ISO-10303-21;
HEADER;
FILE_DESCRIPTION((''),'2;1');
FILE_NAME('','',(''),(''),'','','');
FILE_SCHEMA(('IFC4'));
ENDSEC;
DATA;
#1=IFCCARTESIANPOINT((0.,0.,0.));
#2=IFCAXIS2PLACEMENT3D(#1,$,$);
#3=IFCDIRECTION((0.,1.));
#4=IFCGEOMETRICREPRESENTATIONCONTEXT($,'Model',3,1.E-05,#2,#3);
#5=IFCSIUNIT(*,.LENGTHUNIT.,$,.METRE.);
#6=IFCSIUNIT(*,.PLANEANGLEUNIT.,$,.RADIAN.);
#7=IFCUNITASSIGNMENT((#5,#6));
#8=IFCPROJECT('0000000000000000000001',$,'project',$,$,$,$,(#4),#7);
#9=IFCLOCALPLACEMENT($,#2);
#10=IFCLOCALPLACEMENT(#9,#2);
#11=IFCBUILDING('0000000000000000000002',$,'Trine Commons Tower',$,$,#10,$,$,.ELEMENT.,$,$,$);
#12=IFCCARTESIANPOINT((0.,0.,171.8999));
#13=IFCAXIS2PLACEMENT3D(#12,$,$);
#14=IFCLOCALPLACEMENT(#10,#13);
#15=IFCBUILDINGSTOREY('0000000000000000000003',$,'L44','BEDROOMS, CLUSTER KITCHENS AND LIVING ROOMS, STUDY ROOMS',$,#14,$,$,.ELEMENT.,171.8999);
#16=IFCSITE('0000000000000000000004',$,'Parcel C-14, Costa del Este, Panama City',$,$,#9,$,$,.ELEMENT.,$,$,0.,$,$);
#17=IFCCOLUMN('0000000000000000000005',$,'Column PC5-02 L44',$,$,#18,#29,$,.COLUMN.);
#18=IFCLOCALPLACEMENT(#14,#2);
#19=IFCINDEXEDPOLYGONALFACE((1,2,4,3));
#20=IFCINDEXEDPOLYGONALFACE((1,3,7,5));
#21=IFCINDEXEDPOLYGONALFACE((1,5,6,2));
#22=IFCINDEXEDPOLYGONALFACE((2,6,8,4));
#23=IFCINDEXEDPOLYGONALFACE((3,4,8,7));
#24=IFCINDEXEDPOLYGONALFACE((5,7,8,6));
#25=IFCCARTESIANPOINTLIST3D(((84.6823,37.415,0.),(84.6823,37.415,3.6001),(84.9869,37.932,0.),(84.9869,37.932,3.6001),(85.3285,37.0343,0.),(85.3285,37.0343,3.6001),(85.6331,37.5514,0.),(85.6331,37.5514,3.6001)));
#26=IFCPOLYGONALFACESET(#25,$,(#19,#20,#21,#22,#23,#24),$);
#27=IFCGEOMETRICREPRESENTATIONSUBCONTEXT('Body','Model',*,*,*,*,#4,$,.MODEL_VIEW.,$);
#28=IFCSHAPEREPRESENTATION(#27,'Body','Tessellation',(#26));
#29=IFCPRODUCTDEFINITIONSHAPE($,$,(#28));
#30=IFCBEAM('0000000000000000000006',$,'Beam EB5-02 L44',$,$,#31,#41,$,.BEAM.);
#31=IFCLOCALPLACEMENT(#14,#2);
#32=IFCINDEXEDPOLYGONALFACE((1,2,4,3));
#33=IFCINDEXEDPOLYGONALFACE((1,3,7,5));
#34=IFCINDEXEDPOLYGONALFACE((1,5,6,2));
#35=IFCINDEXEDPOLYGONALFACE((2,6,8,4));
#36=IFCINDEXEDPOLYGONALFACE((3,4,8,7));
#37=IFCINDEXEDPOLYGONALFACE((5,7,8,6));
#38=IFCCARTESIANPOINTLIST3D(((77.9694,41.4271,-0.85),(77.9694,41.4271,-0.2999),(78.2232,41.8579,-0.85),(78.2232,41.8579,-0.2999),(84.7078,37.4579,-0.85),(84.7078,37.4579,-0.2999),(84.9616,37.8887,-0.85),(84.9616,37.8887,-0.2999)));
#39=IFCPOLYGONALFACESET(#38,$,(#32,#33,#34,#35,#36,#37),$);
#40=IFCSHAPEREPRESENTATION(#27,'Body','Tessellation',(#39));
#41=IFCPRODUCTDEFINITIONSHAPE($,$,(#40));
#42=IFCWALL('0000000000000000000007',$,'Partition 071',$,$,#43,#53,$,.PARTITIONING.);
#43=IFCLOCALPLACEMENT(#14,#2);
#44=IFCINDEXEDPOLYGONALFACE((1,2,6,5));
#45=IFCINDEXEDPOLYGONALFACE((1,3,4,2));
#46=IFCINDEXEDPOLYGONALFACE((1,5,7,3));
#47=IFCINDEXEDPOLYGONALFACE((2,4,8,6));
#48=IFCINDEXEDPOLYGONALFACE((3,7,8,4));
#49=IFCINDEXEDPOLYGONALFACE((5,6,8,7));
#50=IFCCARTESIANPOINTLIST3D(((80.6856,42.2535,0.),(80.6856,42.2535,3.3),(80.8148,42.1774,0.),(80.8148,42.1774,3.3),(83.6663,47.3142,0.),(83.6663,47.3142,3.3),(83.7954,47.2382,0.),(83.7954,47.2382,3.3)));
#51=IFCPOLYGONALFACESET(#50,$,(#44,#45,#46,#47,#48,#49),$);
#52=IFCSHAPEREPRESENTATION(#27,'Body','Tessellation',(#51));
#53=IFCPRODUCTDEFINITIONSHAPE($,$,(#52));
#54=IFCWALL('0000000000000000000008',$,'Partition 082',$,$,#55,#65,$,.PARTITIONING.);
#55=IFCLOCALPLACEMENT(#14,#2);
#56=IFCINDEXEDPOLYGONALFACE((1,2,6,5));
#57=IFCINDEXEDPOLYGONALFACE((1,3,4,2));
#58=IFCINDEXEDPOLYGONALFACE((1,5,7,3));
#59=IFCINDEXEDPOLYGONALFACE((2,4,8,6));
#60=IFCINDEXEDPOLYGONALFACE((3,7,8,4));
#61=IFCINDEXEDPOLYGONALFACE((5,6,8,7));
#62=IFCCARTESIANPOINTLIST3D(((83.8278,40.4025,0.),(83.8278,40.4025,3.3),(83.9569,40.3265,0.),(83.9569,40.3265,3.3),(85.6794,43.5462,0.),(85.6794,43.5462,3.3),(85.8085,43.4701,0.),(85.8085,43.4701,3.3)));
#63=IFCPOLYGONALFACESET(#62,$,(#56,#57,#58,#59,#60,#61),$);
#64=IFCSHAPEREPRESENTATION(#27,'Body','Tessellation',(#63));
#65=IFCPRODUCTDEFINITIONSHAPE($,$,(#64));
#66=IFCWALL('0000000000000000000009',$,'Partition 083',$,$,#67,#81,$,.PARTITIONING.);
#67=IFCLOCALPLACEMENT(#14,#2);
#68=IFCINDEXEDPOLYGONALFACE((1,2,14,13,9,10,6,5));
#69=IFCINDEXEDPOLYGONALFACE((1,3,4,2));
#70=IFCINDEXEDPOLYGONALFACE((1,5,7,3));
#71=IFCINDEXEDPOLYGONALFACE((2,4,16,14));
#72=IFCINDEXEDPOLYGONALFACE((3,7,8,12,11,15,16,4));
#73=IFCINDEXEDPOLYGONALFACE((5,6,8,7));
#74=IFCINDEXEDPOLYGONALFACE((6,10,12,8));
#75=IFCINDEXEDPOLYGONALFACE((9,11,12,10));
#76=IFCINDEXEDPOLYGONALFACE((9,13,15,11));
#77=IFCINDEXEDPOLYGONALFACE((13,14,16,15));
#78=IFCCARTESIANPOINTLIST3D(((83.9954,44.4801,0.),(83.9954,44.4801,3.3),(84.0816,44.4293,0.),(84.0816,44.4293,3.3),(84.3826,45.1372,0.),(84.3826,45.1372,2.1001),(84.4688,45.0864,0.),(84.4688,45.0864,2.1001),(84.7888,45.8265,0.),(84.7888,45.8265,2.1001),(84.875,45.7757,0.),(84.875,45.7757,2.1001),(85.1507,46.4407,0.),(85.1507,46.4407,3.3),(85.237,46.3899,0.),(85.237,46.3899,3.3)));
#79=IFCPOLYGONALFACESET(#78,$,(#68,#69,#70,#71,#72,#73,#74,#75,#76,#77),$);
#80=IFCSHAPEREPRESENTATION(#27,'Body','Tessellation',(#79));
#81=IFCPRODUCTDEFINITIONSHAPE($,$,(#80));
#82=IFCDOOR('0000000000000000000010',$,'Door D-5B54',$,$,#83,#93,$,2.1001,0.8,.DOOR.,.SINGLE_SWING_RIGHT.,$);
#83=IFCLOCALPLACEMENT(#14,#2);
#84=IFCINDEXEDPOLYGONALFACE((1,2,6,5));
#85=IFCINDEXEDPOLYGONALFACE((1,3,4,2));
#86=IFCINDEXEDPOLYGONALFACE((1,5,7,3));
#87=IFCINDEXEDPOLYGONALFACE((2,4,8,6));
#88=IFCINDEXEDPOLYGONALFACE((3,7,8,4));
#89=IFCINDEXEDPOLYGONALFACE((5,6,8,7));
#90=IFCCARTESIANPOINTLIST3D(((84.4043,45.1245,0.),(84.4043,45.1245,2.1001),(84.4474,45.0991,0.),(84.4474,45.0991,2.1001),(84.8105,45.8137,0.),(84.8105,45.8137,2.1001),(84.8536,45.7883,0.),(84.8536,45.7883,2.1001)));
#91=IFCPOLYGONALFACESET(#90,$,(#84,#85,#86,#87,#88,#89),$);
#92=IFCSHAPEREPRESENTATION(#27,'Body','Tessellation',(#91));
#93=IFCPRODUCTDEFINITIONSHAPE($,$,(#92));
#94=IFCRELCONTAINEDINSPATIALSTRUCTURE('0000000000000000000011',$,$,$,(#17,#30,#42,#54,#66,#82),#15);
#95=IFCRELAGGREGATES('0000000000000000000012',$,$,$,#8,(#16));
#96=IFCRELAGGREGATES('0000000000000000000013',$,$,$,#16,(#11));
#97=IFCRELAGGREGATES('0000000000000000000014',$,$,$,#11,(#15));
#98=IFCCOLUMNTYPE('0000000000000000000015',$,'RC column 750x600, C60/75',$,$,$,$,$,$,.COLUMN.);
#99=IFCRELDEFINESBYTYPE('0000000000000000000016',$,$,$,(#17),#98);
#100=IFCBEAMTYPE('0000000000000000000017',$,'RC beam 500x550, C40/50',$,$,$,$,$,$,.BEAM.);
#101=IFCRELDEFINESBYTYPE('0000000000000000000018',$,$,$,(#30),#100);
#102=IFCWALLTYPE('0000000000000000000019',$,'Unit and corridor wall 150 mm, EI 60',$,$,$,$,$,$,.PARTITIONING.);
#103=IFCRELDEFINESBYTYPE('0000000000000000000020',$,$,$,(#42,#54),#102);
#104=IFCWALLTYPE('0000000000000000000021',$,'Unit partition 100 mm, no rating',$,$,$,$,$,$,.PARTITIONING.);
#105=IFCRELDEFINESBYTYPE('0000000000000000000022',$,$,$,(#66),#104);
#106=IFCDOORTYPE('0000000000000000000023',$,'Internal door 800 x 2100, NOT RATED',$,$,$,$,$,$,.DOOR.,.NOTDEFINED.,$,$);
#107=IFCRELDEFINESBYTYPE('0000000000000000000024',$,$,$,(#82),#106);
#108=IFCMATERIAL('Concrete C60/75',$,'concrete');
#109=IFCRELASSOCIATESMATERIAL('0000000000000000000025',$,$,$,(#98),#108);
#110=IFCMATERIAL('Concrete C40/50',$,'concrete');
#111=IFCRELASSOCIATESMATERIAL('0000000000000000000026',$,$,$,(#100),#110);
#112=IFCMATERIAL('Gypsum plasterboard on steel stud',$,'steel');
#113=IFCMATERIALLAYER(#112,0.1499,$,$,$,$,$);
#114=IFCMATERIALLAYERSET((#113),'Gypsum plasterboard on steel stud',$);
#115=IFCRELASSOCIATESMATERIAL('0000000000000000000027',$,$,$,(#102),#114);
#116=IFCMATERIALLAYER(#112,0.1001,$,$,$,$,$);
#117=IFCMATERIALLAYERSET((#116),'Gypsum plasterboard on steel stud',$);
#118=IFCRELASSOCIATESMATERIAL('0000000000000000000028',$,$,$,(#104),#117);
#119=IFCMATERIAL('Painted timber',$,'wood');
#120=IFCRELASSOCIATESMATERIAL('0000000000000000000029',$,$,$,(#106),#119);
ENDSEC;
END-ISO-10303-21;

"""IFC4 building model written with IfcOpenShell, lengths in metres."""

from ifc_helpers import new_model, si_unit, direction, frame, frame_2d, origin, origin_2d, place, context, subcontext, project, spatial, rectangle, extrude, material, layer, layer_set, material_profile, profile_set, type_object, element, fill, save


model = new_model("IFC4")

# Units and contexts
model_context = context("Model", 3, precision=1e-05, world=origin(), true_north=direction((0.0, 1.0)))
body_context = subcontext(model_context, "Body", "Model", "MODEL_VIEW")
ifc_project = project(units=[si_unit("LENGTHUNIT", "METRE"), si_unit("PLANEANGLEUNIT", "RADIAN")], contexts=[model_context])

# Site, building, storey
site_placement = place(None, origin())
site = spatial("IfcSite", under=ifc_project, at=site_placement, Name="Parcel C-14, Costa del Este, Panama City", CompositionType="ELEMENT", RefElevation=0.0)
building_placement = place(site_placement, origin())
building = spatial("IfcBuilding", under=site, at=building_placement, Name="Trine Commons Tower", CompositionType="ELEMENT")
storey_placement = place(building_placement, frame((0.0, 0.0, 171.8999)))
storey = spatial("IfcBuildingStorey", under=building, at=storey_placement, Name="L44", Description="BEDROOMS, CLUSTER KITCHENS AND LIVING ROOMS, STUDY ROOMS", CompositionType="ELEMENT", Elevation=171.8999)

# Column
ifc_material_1 = material(Name="Concrete C60/75", Category="concrete")
ifc_material_profile_1 = material_profile(ifc_material_1, rectangle(XDim=0.75, YDim=0.6001, at=origin_2d()), Name="RC 750x600")
ifc_profile_set_1 = profile_set([ifc_material_profile_1], Name="Concrete C60/75")
column_type = type_object("IfcColumnType", Name="RC column 750x600, C60/75", PredefinedType="COLUMN", material=ifc_profile_set_1)
column_placement = place(storey_placement, frame((85.1577, 37.4832, 0.0), z_axis=(0.0, 0.0, 1.0), x_axis=(-0.861629, 0.507538, 0.0)))
element("IfcColumn", 1, at=column_placement, inside=storey, type_object=column_type, Name="Column PC5-02 L44", PredefinedType="COLUMN", context=body_context, shape_type="SweptSolid", body=[
    extrude(rectangle(XDim=0.75, YDim=0.6001, at=origin_2d()), origin(), (0.0, 0.0, 1.0), 3.6001),
])

# Beam
ifc_material_2 = material(Name="Concrete C40/50", Category="concrete")
ifc_material_profile_2 = material_profile(ifc_material_2, rectangle(XDim=0.5, YDim=0.55, at=origin_2d()), Name="RC 500x550")
ifc_profile_set_2 = profile_set([ifc_material_profile_2], Name="Concrete C40/50")
beam_type = type_object("IfcBeamType", Name="RC beam 500x550, C40/50", PredefinedType="BEAM", material=ifc_profile_set_2)
beam_placement = place(storey_placement, frame((84.8347, 37.6733, -0.575), z_axis=(-0.861632, 0.507533, 0.0), x_axis=(-0.507533, -0.861632, 0.0)))
element("IfcBeam", 2, at=beam_placement, inside=storey, type_object=beam_type, Name="Beam EB5-02 L44", PredefinedType="BEAM", context=body_context, shape_type="SweptSolid", body=[
    extrude(rectangle(XDim=0.5, YDim=0.55, at=origin_2d()), origin(), (0.0, 0.0, 1.0), 7.8206),
])

# Walls
ifc_material_3 = material(Name="Gypsum plasterboard on steel stud", Category="steel")
ifc_layer_1 = layer(ifc_material_3, 0.1499)
ifc_layer_set_1 = layer_set([ifc_layer_1], Name="Gypsum plasterboard on steel stud")
wall_type_1 = type_object("IfcWallType", Name="Unit and corridor wall 150 mm, EI 60", PredefinedType="PARTITIONING", material=ifc_layer_set_1)
wall_1_placement = place(storey_placement, frame((80.7502, 42.2156, 0.0), z_axis=(0.0, 0.0, 1.0), x_axis=(0.507498, 0.861653, 0.0)))
element("IfcWall", 3, at=wall_1_placement, inside=storey, type_object=wall_type_1, Name="Partition 071", PredefinedType="PARTITIONING", context=body_context, shape_type="SweptSolid", body=[
    extrude(rectangle(XDim=5.8733, YDim=0.1499, at=frame_2d((2.9365, 0.0))), origin(), (0.0, 0.0, 1.0), 3.3),
])
wall_2_placement = place(storey_placement, frame((83.8923, 40.3645, 0.0), z_axis=(0.0, 0.0, 1.0), x_axis=(0.507511, 0.861645, 0.0)))
element("IfcWall", 4, at=wall_2_placement, inside=storey, type_object=wall_type_1, Name="Partition 082", PredefinedType="PARTITIONING", context=body_context, shape_type="SweptSolid", body=[
    extrude(rectangle(XDim=3.6484, YDim=0.1499, at=frame_2d((1.8242, 0.0))), origin(), (0.0, 0.0, 1.0), 3.3),
])

# Wall, opening, door
ifc_layer_2 = layer(ifc_material_3, 0.1001)
ifc_layer_set_2 = layer_set([ifc_layer_2], Name="Gypsum plasterboard on steel stud")
wall_type_2 = type_object("IfcWallType", Name="Unit partition 100 mm, no rating", PredefinedType="PARTITIONING", material=ifc_layer_set_2)
wall_3_placement = place(storey_placement, frame((84.0386, 44.4548, 0.0), z_axis=(0.0, 0.0, 1.0), x_axis=(0.507695, 0.861537, 0.0)))
wall_3 = element("IfcWall", 5, at=wall_3_placement, inside=storey, type_object=wall_type_2, Name="Partition 083", PredefinedType="PARTITIONING", context=body_context, shape_type="SweptSolid", body=[
    extrude(rectangle(XDim=2.2756, YDim=0.1001, at=frame_2d((1.1377, 0.0))), origin(), (0.0, 0.0, 1.0), 3.3),
])
opening_placement = place(wall_3_placement, frame((0.7627, 0.0, 0.0)))
opening = element("IfcOpeningElement", 6, at=opening_placement, cuts=wall_3, PredefinedType="OPENING", context=body_context, shape_type="SweptSolid", body=[
    extrude(rectangle(XDim=0.8, YDim=2.1001, at=frame_2d((0.3999, 1.05))), frame((0.0, 0.0601, 0.0), z_axis=(0.0, -1.0, 0.0), x_axis=(1.0, 0.0, 0.0)), (0.0, 0.0, 1.0), 0.1201),
])
ifc_material_4 = material(Name="Painted timber", Category="wood")
door_type = type_object("IfcDoorType", Name="Internal door 800 x 2100, NOT RATED", OperationType="NOTDEFINED", PredefinedType="DOOR", material=ifc_material_4)
door_placement = place(opening_placement, origin())
door = element("IfcDoor", 7, at=door_placement, inside=storey, type_object=door_type, Name="Door D-5B54", OperationType="SINGLE_SWING_RIGHT", OverallHeight=2.1001, OverallWidth=0.8, PredefinedType="DOOR", context=body_context, shape_type="SweptSolid", body=[
    extrude(rectangle(XDim=0.8, YDim=2.1001, at=frame_2d((0.3999, 1.05))), frame((0.0, 0.0249, 0.0), z_axis=(0.0, -1.0, 0.0), x_axis=(1.0, 0.0, 0.0)), (0.0, 0.0, 1.0), 0.05),
])
fill(opening, door)

save(model, "model.ifc")
